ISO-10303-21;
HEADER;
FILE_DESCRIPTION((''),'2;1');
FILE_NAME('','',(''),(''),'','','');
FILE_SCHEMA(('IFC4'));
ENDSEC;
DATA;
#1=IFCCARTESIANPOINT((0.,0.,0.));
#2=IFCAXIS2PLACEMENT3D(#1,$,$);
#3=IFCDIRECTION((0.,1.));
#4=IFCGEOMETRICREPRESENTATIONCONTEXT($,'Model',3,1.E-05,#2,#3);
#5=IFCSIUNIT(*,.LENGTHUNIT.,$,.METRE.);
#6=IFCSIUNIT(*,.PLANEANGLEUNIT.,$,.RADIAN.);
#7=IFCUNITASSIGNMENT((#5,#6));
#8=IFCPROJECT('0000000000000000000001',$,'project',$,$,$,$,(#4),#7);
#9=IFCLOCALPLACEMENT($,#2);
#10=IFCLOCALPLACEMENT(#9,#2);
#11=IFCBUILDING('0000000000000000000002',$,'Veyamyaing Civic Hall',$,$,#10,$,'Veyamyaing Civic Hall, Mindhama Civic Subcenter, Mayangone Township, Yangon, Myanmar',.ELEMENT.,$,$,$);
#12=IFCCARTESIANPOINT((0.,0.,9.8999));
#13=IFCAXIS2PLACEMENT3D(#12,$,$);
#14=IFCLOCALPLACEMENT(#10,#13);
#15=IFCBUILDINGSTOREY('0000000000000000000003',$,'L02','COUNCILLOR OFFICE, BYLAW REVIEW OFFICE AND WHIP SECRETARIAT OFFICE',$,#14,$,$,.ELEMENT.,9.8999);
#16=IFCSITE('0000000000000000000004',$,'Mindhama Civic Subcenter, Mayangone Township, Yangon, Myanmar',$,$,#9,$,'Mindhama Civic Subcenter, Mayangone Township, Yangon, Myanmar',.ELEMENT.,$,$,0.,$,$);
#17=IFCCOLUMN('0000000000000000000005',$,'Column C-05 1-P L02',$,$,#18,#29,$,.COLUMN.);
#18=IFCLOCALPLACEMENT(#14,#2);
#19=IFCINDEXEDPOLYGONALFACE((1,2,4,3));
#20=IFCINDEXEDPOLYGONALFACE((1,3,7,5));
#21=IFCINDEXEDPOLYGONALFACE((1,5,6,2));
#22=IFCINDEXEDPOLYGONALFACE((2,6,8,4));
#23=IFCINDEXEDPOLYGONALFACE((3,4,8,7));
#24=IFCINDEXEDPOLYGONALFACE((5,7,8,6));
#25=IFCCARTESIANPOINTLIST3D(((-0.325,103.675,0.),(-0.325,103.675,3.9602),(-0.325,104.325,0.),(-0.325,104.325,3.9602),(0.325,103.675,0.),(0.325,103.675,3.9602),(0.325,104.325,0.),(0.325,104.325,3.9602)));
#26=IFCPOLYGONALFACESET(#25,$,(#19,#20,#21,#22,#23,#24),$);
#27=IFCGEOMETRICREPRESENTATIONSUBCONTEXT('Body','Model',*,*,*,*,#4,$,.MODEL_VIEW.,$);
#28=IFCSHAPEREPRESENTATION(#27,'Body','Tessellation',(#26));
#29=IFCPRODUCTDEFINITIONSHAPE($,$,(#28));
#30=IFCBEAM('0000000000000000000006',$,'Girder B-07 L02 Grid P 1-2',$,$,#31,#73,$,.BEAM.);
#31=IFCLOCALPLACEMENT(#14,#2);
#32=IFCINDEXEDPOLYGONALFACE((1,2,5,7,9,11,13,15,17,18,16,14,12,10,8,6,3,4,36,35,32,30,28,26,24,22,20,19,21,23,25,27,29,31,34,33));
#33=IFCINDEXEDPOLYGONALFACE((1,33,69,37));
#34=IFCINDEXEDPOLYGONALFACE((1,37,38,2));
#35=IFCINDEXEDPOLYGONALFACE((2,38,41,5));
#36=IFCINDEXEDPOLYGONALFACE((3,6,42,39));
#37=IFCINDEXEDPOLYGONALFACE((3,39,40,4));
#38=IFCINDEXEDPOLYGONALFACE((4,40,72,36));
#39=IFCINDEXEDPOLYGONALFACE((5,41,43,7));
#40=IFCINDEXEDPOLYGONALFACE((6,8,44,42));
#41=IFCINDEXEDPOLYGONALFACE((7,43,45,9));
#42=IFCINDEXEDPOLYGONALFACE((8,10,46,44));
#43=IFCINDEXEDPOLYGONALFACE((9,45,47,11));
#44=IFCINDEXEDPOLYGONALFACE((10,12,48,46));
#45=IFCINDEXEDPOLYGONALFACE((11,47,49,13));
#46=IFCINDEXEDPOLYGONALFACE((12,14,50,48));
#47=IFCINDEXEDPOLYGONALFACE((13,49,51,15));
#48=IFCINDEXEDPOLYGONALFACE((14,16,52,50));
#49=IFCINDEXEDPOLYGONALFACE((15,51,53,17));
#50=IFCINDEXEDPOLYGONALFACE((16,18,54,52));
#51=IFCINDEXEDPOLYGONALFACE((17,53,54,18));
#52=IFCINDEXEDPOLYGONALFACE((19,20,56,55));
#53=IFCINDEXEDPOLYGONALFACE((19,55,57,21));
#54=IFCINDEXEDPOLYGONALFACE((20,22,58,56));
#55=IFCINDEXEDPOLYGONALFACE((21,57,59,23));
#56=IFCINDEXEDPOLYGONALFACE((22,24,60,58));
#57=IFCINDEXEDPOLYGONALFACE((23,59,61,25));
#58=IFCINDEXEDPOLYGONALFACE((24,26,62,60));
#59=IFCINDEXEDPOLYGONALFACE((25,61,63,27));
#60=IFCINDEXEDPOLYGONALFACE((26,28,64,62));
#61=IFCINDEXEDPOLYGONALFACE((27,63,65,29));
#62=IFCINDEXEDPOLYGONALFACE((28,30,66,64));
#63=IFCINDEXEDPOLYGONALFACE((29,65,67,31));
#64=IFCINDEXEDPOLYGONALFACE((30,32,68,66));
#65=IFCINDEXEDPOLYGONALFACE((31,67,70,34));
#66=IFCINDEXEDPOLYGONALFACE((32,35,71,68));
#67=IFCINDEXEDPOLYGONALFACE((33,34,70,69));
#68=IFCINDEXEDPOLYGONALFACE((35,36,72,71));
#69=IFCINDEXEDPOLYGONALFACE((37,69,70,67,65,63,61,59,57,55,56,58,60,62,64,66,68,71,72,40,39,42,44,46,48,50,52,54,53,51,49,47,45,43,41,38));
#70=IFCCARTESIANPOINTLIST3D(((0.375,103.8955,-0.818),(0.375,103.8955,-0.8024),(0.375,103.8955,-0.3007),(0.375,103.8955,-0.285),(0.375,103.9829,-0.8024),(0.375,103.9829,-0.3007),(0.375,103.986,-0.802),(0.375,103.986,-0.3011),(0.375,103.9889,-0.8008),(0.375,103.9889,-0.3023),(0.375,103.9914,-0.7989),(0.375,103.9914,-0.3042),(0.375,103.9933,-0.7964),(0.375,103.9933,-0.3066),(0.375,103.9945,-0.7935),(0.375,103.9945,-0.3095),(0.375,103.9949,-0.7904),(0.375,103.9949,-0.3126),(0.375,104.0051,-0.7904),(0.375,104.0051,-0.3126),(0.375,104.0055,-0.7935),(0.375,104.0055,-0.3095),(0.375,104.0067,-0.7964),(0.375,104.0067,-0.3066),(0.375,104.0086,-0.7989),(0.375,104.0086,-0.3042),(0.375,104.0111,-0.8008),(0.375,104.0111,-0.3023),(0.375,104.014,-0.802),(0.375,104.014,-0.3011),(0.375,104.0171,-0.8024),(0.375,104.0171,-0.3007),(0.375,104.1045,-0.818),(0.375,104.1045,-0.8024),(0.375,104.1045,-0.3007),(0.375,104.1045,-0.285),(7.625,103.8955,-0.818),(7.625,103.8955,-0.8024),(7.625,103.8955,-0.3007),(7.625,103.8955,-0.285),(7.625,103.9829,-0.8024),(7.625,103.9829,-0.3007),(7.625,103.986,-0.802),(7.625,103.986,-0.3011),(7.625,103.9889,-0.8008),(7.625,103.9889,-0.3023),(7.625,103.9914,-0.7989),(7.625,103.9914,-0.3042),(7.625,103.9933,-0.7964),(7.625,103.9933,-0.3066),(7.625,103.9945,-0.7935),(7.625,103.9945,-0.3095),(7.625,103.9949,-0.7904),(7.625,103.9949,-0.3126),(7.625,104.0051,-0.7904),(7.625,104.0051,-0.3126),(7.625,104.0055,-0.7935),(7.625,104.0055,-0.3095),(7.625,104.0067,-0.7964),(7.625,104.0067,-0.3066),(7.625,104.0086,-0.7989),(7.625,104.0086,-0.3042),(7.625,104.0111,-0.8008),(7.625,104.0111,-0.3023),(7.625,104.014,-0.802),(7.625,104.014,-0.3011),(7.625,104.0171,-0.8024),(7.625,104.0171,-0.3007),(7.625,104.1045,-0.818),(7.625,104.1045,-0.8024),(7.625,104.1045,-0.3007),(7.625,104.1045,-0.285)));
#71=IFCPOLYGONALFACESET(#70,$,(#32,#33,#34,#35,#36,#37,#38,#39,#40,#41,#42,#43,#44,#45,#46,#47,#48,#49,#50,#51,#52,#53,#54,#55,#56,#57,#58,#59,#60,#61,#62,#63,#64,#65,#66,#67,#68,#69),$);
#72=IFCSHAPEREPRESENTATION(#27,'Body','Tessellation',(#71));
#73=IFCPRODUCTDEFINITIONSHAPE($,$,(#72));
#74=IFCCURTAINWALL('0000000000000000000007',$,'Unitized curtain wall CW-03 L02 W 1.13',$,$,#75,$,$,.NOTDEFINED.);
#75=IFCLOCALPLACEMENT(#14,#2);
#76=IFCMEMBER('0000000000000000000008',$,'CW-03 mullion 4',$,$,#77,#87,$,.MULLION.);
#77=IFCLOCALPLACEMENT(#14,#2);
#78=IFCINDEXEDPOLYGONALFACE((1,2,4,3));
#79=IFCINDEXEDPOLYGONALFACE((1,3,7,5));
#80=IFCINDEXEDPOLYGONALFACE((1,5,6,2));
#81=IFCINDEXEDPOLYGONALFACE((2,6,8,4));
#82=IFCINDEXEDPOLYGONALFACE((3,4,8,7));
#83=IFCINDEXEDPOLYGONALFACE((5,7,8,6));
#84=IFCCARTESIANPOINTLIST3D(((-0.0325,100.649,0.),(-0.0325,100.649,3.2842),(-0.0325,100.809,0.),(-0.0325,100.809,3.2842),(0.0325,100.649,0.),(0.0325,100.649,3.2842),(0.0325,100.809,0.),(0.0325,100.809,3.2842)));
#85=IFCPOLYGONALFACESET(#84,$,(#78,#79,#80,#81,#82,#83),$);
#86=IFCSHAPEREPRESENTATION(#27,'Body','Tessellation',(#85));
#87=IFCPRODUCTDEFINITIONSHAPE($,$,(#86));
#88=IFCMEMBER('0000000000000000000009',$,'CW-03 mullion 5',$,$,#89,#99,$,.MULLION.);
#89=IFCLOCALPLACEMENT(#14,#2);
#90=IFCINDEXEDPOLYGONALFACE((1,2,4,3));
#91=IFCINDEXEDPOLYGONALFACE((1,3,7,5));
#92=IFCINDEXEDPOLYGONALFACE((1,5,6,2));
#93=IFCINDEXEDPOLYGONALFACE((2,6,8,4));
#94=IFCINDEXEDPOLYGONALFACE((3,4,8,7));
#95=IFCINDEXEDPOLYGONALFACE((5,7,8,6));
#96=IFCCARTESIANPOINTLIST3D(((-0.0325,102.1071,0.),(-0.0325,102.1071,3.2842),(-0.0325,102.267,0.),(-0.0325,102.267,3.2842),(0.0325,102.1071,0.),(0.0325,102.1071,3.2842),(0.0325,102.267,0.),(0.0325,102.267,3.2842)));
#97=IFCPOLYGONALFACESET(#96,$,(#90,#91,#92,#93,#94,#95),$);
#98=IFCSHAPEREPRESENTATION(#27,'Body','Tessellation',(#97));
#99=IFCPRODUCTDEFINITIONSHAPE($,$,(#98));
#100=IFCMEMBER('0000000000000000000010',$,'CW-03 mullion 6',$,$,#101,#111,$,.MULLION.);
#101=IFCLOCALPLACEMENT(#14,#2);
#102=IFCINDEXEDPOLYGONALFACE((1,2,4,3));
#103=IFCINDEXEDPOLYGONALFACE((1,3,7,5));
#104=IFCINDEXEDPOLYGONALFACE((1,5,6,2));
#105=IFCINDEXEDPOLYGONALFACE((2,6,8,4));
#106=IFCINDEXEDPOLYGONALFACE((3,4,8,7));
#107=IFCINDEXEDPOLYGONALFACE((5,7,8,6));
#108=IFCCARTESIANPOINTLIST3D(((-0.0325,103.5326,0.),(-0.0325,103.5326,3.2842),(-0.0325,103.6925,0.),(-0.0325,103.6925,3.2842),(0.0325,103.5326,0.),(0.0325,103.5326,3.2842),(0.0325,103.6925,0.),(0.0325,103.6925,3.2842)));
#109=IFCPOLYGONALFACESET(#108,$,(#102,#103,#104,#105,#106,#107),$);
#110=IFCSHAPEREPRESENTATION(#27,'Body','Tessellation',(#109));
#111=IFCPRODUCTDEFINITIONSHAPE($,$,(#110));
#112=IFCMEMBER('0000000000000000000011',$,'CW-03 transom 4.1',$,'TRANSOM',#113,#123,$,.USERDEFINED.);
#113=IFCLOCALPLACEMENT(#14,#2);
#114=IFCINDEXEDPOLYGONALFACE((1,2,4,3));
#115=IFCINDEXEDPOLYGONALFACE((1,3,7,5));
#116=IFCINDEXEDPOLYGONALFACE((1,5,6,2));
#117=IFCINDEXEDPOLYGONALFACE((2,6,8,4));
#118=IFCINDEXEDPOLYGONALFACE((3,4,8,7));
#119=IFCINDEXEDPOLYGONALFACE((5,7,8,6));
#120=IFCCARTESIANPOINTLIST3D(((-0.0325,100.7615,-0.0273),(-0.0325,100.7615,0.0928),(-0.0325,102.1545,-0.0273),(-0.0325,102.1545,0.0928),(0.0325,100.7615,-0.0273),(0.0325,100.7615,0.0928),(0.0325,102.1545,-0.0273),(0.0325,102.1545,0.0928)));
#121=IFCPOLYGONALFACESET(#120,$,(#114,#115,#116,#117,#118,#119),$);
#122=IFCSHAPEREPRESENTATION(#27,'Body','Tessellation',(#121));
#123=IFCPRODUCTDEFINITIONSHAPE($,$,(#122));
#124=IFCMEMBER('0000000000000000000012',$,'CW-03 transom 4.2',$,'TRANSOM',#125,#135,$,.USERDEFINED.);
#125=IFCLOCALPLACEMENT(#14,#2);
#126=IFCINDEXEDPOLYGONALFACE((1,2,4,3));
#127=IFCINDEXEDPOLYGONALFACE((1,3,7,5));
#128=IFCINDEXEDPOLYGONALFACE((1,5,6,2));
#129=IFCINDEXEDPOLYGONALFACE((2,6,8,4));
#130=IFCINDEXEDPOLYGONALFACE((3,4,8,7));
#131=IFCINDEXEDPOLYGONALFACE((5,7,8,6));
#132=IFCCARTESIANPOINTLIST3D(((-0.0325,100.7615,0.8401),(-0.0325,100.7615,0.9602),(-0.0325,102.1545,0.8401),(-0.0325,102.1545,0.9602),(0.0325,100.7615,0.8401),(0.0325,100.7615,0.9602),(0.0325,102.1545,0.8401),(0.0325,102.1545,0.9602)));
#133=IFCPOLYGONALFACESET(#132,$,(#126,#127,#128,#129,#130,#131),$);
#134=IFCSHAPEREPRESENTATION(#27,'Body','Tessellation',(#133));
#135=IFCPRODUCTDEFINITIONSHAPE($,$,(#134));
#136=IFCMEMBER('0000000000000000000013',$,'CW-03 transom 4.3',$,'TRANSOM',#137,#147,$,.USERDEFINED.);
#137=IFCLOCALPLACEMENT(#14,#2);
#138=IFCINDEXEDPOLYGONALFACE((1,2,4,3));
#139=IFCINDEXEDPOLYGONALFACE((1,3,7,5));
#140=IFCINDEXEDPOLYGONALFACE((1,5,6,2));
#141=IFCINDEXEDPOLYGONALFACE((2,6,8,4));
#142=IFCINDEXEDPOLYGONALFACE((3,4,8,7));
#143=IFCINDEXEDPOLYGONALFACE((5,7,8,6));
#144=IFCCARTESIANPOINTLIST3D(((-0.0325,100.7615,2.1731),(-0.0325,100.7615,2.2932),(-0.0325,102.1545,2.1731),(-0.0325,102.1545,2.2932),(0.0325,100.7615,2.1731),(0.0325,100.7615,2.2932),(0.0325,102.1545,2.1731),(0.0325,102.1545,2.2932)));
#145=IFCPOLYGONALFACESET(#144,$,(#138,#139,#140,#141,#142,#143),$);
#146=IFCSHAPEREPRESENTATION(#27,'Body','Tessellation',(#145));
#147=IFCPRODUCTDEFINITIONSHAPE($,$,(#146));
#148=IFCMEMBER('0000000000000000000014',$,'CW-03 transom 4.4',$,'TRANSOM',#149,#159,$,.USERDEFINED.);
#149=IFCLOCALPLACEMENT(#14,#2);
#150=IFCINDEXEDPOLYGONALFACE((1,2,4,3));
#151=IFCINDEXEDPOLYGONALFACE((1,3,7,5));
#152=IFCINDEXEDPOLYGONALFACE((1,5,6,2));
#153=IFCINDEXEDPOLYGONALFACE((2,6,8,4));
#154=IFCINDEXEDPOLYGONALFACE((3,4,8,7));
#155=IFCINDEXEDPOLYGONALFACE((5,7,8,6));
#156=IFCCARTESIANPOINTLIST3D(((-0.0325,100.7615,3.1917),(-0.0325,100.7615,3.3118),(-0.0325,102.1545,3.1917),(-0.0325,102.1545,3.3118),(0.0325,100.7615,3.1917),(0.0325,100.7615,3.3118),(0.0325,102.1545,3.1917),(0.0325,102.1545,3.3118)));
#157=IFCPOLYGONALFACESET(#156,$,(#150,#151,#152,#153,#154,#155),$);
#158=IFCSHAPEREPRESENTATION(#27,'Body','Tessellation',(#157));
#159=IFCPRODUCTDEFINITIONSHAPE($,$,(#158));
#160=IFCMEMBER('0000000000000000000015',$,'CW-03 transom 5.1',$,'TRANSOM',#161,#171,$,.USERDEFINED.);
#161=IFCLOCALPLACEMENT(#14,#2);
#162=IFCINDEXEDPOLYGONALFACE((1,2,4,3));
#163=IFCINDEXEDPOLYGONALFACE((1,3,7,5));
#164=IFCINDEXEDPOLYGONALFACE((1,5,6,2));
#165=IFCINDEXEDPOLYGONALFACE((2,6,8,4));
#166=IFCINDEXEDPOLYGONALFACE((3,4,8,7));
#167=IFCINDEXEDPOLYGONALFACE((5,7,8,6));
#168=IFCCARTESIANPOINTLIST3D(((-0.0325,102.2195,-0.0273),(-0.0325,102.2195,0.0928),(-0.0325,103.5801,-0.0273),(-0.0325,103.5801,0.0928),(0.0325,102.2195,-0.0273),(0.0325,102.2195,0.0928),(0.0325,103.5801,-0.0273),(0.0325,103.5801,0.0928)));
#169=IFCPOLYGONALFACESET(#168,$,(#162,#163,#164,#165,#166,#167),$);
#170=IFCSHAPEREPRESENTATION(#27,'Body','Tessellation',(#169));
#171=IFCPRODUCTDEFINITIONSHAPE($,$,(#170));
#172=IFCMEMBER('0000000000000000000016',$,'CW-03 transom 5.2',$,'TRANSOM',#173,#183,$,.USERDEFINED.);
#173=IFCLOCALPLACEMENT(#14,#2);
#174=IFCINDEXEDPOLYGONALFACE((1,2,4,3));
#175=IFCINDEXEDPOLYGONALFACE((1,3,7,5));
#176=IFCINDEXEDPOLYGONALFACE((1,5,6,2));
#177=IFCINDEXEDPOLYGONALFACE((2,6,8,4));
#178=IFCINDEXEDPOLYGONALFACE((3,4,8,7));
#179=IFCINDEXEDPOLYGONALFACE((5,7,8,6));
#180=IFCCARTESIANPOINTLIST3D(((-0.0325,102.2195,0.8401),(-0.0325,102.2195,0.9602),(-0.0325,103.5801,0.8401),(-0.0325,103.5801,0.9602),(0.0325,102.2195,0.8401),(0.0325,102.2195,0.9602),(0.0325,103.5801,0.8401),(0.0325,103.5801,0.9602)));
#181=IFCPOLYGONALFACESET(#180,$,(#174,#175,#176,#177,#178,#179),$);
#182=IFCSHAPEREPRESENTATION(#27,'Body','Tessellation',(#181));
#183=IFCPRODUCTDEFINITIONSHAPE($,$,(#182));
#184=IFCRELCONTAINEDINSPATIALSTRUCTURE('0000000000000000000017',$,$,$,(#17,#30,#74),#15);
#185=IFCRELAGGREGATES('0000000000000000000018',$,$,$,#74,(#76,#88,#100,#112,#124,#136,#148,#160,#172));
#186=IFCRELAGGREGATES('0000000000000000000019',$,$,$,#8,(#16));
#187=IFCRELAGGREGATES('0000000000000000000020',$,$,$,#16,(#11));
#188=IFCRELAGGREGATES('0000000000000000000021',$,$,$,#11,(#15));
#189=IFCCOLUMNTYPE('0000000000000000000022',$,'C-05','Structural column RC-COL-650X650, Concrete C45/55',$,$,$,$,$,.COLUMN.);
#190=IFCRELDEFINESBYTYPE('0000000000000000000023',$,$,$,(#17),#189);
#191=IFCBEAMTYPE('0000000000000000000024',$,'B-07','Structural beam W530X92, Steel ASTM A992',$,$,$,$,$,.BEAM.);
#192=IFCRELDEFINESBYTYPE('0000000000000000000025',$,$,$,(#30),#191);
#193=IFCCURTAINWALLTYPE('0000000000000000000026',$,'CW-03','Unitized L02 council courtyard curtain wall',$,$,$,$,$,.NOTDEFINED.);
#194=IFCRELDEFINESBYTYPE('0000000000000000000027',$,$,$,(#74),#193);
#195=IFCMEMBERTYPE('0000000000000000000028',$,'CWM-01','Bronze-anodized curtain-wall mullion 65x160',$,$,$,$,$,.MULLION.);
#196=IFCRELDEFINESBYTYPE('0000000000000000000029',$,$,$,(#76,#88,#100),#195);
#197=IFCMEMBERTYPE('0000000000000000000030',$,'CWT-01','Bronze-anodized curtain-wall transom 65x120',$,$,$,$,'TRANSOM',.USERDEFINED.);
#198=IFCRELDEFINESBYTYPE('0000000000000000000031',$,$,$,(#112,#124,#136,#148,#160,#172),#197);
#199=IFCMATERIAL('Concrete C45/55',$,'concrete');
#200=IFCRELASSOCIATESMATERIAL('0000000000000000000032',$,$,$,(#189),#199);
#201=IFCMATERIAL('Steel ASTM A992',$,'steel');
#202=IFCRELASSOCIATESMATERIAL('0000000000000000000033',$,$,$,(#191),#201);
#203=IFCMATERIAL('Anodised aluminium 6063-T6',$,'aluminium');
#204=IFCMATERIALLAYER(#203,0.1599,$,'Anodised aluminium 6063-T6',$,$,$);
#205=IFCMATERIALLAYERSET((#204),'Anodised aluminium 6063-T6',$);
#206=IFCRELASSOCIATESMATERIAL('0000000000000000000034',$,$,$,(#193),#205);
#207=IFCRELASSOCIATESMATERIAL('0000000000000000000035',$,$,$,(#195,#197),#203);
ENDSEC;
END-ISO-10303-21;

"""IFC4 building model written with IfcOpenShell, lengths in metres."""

from ifc_helpers import new_model, si_unit, direction, frame, origin, origin_2d, place, context, subcontext, project, spatial, rectangle, i_section, extrude, material, layer, layer_set, material_profile, profile_set, type_object, element, aggregate, save


model = new_model("IFC4")

# Units and contexts
model_context = context("Model", 3, precision=1e-05, world=origin(), true_north=direction((0.0, 1.0)))
body_context = subcontext(model_context, "Body", "Model", "MODEL_VIEW")
ifc_project = project(units=[si_unit("LENGTHUNIT", "METRE"), si_unit("PLANEANGLEUNIT", "RADIAN")], contexts=[model_context])

# Site, building, storey
site_placement = place(None, origin())
site = spatial("IfcSite", under=ifc_project, at=site_placement, Name="Mindhama Civic Subcenter, Mayangone Township, Yangon, Myanmar", LongName="Mindhama Civic Subcenter, Mayangone Township, Yangon, Myanmar", CompositionType="ELEMENT", RefElevation=0.0)
building_placement = place(site_placement, origin())
building = spatial("IfcBuilding", under=site, at=building_placement, Name="Veyamyaing Civic Hall", LongName="Veyamyaing Civic Hall, Mindhama Civic Subcenter, Mayangone Township, Yangon, Myanmar", CompositionType="ELEMENT")
storey_placement = place(building_placement, frame((0.0, 0.0, 9.8999)))
storey = spatial("IfcBuildingStorey", under=building, at=storey_placement, Name="L02", Description="COUNCILLOR OFFICE, BYLAW REVIEW OFFICE AND WHIP SECRETARIAT OFFICE", CompositionType="ELEMENT", Elevation=9.8999)

# Column
ifc_material_1 = material(Name="Concrete C45/55", Category="concrete")
ifc_material_profile_1 = material_profile(ifc_material_1, rectangle(XDim=0.6499, YDim=0.6499, at=origin_2d()), Name="RC-COL-650X650")
ifc_profile_set_1 = profile_set([ifc_material_profile_1], Name="Concrete C45/55")
column_type = type_object("IfcColumnType", Name="C-05", Description="Structural column RC-COL-650X650, Concrete C45/55", PredefinedType="COLUMN", material=ifc_profile_set_1)
column_placement = place(storey_placement, frame((0.0, 104.0, 0.0), z_axis=(0.0, 0.0, 1.0), x_axis=(1.0, 0.0, 0.0)))
element("IfcColumn", 1, at=column_placement, inside=storey, type_object=column_type, Name="Column C-05 1-P L02", PredefinedType="COLUMN", context=body_context, shape_type="SweptSolid", body=[
    extrude(rectangle(XDim=0.6499, YDim=0.6499, at=origin_2d()), origin(), (0.0, 0.0, 1.0), 3.9602),
])

# Beam
ifc_material_2 = material(Name="Steel ASTM A992", Category="steel")
ifc_material_profile_2 = material_profile(ifc_material_2, i_section(OverallWidth=0.209, OverallDepth=0.533, WebThickness=0.0103, FlangeThickness=0.0156, FilletRadius=0.012, at=origin_2d()), Name="W530X92")
ifc_profile_set_2 = profile_set([ifc_material_profile_2], Name="Steel ASTM A992")
beam_type_1 = type_object("IfcBeamType", Name="B-07", Description="Structural beam W530X92, Steel ASTM A992", PredefinedType="BEAM", material=ifc_profile_set_2)
beam_1_placement = place(storey_placement, frame((0.375, 104.0, -0.5515), z_axis=(1.0, 0.0, 0.0), x_axis=(0.0, 1.0, 0.0)))
element("IfcBeam", 2, at=beam_1_placement, inside=storey, type_object=beam_type_1, Name="Girder B-07 L02 Grid P 1-2", PredefinedType="BEAM", context=body_context, shape_type="SweptSolid", body=[
    extrude(i_section(OverallWidth=0.209, OverallDepth=0.533, WebThickness=0.0103, FlangeThickness=0.0156, FilletRadius=0.012, at=origin_2d()), origin(), (0.0, 0.0, 1.0), 7.25),
])

# Curtain wall, members
ifc_material_3 = material(Name="Anodised aluminium 6063-T6", Category="aluminium")
ifc_layer_1 = layer(ifc_material_3, 0.1599, Name="Anodised aluminium 6063-T6")
ifc_layer_set_1 = layer_set([ifc_layer_1], Name="Anodised aluminium 6063-T6")
curtain_wall_type = type_object("IfcCurtainWallType", Name="CW-03", Description="Unitized L02 council courtyard curtain wall", PredefinedType="NOTDEFINED", material=ifc_layer_set_1)
curtain_wall_placement = place(storey_placement, origin())
curtain_wall = element("IfcCurtainWall", 3, at=curtain_wall_placement, inside=storey, type_object=curtain_wall_type, Name="Unitized curtain wall CW-03 L02 W 1.13", PredefinedType="NOTDEFINED")
ifc_material_profile_3 = material_profile(ifc_material_3, rectangle(XDim=0.0649, YDim=0.1599, at=origin_2d()), Name="ALU-MUL-65X160")
ifc_profile_set_3 = profile_set([ifc_material_profile_3], Name="Anodised aluminium 6063-T6")
member_type_1 = type_object("IfcMemberType", Name="CWM-01", Description="Bronze-anodized curtain-wall mullion 65x160", PredefinedType="MULLION", material=ifc_profile_set_3)
member_1_placement = place(storey_placement, frame((0.0, 100.729, 0.0), z_axis=(0.0, 0.0, 1.0), x_axis=(-1.0, 0.0, 0.0)))
member_1 = element("IfcMember", 4, at=member_1_placement, type_object=member_type_1, Name="CW-03 mullion 4", PredefinedType="MULLION", context=body_context, shape_type="SweptSolid", body=[
    extrude(rectangle(XDim=0.0649, YDim=0.1599, at=origin_2d()), origin(), (0.0, 0.0, 1.0), 3.2842),
])
member_2_placement = place(storey_placement, frame((0.0, 102.187, 0.0), z_axis=(0.0, 0.0, 1.0), x_axis=(-1.0, 0.0, 0.0)))
member_2 = element("IfcMember", 5, at=member_2_placement, type_object=member_type_1, Name="CW-03 mullion 5", PredefinedType="MULLION", context=body_context, shape_type="SweptSolid", body=[
    extrude(rectangle(XDim=0.0649, YDim=0.1599, at=origin_2d()), origin(), (0.0, 0.0, 1.0), 3.2842),
])
member_3_placement = place(storey_placement, frame((0.0, 103.6125, 0.0), z_axis=(0.0, 0.0, 1.0), x_axis=(-1.0, 0.0, 0.0)))
member_3 = element("IfcMember", 6, at=member_3_placement, type_object=member_type_1, Name="CW-03 mullion 6", PredefinedType="MULLION", context=body_context, shape_type="SweptSolid", body=[
    extrude(rectangle(XDim=0.0649, YDim=0.1599, at=origin_2d()), origin(), (0.0, 0.0, 1.0), 3.2842),
])
ifc_material_profile_4 = material_profile(ifc_material_3, rectangle(XDim=0.0649, YDim=0.1201, at=origin_2d()), Name="ALU-TRN-65X120")
ifc_profile_set_4 = profile_set([ifc_material_profile_4], Name="Anodised aluminium 6063-T6")
member_type_2 = type_object("IfcMemberType", Name="CWT-01", Description="Bronze-anodized curtain-wall transom 65x120", ElementType="TRANSOM", PredefinedType="USERDEFINED", material=ifc_profile_set_4)
member_4_placement = place(storey_placement, frame((0.0, 100.7615, 0.0327), z_axis=(0.0, 1.0, 0.0), x_axis=(-1.0, 0.0, 0.0)))
member_4 = element("IfcMember", 7, at=member_4_placement, type_object=member_type_2, Name="CW-03 transom 4.1", ObjectType="TRANSOM", PredefinedType="USERDEFINED", context=body_context, shape_type="SweptSolid", body=[
    extrude(rectangle(XDim=0.0649, YDim=0.1201, at=origin_2d()), origin(), (0.0, 0.0, 1.0), 1.3931),
])
member_5_placement = place(storey_placement, frame((0.0, 100.7615, 0.9001), z_axis=(0.0, 1.0, 0.0), x_axis=(-1.0, 0.0, 0.0)))
member_5 = element("IfcMember", 8, at=member_5_placement, type_object=member_type_2, Name="CW-03 transom 4.2", ObjectType="TRANSOM", PredefinedType="USERDEFINED", context=body_context, shape_type="SweptSolid", body=[
    extrude(rectangle(XDim=0.0649, YDim=0.1201, at=origin_2d()), origin(), (0.0, 0.0, 1.0), 1.3931),
])
member_6_placement = place(storey_placement, frame((0.0, 100.7615, 2.2332), z_axis=(0.0, 1.0, 0.0), x_axis=(-1.0, 0.0, 0.0)))
member_6 = element("IfcMember", 9, at=member_6_placement, type_object=member_type_2, Name="CW-03 transom 4.3", ObjectType="TRANSOM", PredefinedType="USERDEFINED", context=body_context, shape_type="SweptSolid", body=[
    extrude(rectangle(XDim=0.0649, YDim=0.1201, at=origin_2d()), origin(), (0.0, 0.0, 1.0), 1.3931),
])
member_7_placement = place(storey_placement, frame((0.0, 100.7615, 3.2517), z_axis=(0.0, 1.0, 0.0), x_axis=(-1.0, 0.0, 0.0)))
member_7 = element("IfcMember", 10, at=member_7_placement, type_object=member_type_2, Name="CW-03 transom 4.4", ObjectType="TRANSOM", PredefinedType="USERDEFINED", context=body_context, shape_type="SweptSolid", body=[
    extrude(rectangle(XDim=0.0649, YDim=0.1201, at=origin_2d()), origin(), (0.0, 0.0, 1.0), 1.3931),
])
member_8_placement = place(storey_placement, frame((0.0, 102.2195, 0.0327), z_axis=(0.0, 1.0, 0.0), x_axis=(-1.0, 0.0, 0.0)))
member_8 = element("IfcMember", 11, at=member_8_placement, type_object=member_type_2, Name="CW-03 transom 5.1", ObjectType="TRANSOM", PredefinedType="USERDEFINED", context=body_context, shape_type="SweptSolid", body=[
    extrude(rectangle(XDim=0.0649, YDim=0.1201, at=origin_2d()), origin(), (0.0, 0.0, 1.0), 1.3606),
])
member_9_placement = place(storey_placement, frame((0.0, 102.2195, 0.9001), z_axis=(0.0, 1.0, 0.0), x_axis=(-1.0, 0.0, 0.0)))
member_9 = element("IfcMember", 12, at=member_9_placement, type_object=member_type_2, Name="CW-03 transom 5.2", ObjectType="TRANSOM", PredefinedType="USERDEFINED", context=body_context, shape_type="SweptSolid", body=[
    extrude(rectangle(XDim=0.0649, YDim=0.1201, at=origin_2d()), origin(), (0.0, 0.0, 1.0), 1.3606),
])

aggregate(curtain_wall, [member_1, member_2, member_3, member_4, member_5, member_6, member_7, member_8, member_9])

save(model, "model.ifc")
